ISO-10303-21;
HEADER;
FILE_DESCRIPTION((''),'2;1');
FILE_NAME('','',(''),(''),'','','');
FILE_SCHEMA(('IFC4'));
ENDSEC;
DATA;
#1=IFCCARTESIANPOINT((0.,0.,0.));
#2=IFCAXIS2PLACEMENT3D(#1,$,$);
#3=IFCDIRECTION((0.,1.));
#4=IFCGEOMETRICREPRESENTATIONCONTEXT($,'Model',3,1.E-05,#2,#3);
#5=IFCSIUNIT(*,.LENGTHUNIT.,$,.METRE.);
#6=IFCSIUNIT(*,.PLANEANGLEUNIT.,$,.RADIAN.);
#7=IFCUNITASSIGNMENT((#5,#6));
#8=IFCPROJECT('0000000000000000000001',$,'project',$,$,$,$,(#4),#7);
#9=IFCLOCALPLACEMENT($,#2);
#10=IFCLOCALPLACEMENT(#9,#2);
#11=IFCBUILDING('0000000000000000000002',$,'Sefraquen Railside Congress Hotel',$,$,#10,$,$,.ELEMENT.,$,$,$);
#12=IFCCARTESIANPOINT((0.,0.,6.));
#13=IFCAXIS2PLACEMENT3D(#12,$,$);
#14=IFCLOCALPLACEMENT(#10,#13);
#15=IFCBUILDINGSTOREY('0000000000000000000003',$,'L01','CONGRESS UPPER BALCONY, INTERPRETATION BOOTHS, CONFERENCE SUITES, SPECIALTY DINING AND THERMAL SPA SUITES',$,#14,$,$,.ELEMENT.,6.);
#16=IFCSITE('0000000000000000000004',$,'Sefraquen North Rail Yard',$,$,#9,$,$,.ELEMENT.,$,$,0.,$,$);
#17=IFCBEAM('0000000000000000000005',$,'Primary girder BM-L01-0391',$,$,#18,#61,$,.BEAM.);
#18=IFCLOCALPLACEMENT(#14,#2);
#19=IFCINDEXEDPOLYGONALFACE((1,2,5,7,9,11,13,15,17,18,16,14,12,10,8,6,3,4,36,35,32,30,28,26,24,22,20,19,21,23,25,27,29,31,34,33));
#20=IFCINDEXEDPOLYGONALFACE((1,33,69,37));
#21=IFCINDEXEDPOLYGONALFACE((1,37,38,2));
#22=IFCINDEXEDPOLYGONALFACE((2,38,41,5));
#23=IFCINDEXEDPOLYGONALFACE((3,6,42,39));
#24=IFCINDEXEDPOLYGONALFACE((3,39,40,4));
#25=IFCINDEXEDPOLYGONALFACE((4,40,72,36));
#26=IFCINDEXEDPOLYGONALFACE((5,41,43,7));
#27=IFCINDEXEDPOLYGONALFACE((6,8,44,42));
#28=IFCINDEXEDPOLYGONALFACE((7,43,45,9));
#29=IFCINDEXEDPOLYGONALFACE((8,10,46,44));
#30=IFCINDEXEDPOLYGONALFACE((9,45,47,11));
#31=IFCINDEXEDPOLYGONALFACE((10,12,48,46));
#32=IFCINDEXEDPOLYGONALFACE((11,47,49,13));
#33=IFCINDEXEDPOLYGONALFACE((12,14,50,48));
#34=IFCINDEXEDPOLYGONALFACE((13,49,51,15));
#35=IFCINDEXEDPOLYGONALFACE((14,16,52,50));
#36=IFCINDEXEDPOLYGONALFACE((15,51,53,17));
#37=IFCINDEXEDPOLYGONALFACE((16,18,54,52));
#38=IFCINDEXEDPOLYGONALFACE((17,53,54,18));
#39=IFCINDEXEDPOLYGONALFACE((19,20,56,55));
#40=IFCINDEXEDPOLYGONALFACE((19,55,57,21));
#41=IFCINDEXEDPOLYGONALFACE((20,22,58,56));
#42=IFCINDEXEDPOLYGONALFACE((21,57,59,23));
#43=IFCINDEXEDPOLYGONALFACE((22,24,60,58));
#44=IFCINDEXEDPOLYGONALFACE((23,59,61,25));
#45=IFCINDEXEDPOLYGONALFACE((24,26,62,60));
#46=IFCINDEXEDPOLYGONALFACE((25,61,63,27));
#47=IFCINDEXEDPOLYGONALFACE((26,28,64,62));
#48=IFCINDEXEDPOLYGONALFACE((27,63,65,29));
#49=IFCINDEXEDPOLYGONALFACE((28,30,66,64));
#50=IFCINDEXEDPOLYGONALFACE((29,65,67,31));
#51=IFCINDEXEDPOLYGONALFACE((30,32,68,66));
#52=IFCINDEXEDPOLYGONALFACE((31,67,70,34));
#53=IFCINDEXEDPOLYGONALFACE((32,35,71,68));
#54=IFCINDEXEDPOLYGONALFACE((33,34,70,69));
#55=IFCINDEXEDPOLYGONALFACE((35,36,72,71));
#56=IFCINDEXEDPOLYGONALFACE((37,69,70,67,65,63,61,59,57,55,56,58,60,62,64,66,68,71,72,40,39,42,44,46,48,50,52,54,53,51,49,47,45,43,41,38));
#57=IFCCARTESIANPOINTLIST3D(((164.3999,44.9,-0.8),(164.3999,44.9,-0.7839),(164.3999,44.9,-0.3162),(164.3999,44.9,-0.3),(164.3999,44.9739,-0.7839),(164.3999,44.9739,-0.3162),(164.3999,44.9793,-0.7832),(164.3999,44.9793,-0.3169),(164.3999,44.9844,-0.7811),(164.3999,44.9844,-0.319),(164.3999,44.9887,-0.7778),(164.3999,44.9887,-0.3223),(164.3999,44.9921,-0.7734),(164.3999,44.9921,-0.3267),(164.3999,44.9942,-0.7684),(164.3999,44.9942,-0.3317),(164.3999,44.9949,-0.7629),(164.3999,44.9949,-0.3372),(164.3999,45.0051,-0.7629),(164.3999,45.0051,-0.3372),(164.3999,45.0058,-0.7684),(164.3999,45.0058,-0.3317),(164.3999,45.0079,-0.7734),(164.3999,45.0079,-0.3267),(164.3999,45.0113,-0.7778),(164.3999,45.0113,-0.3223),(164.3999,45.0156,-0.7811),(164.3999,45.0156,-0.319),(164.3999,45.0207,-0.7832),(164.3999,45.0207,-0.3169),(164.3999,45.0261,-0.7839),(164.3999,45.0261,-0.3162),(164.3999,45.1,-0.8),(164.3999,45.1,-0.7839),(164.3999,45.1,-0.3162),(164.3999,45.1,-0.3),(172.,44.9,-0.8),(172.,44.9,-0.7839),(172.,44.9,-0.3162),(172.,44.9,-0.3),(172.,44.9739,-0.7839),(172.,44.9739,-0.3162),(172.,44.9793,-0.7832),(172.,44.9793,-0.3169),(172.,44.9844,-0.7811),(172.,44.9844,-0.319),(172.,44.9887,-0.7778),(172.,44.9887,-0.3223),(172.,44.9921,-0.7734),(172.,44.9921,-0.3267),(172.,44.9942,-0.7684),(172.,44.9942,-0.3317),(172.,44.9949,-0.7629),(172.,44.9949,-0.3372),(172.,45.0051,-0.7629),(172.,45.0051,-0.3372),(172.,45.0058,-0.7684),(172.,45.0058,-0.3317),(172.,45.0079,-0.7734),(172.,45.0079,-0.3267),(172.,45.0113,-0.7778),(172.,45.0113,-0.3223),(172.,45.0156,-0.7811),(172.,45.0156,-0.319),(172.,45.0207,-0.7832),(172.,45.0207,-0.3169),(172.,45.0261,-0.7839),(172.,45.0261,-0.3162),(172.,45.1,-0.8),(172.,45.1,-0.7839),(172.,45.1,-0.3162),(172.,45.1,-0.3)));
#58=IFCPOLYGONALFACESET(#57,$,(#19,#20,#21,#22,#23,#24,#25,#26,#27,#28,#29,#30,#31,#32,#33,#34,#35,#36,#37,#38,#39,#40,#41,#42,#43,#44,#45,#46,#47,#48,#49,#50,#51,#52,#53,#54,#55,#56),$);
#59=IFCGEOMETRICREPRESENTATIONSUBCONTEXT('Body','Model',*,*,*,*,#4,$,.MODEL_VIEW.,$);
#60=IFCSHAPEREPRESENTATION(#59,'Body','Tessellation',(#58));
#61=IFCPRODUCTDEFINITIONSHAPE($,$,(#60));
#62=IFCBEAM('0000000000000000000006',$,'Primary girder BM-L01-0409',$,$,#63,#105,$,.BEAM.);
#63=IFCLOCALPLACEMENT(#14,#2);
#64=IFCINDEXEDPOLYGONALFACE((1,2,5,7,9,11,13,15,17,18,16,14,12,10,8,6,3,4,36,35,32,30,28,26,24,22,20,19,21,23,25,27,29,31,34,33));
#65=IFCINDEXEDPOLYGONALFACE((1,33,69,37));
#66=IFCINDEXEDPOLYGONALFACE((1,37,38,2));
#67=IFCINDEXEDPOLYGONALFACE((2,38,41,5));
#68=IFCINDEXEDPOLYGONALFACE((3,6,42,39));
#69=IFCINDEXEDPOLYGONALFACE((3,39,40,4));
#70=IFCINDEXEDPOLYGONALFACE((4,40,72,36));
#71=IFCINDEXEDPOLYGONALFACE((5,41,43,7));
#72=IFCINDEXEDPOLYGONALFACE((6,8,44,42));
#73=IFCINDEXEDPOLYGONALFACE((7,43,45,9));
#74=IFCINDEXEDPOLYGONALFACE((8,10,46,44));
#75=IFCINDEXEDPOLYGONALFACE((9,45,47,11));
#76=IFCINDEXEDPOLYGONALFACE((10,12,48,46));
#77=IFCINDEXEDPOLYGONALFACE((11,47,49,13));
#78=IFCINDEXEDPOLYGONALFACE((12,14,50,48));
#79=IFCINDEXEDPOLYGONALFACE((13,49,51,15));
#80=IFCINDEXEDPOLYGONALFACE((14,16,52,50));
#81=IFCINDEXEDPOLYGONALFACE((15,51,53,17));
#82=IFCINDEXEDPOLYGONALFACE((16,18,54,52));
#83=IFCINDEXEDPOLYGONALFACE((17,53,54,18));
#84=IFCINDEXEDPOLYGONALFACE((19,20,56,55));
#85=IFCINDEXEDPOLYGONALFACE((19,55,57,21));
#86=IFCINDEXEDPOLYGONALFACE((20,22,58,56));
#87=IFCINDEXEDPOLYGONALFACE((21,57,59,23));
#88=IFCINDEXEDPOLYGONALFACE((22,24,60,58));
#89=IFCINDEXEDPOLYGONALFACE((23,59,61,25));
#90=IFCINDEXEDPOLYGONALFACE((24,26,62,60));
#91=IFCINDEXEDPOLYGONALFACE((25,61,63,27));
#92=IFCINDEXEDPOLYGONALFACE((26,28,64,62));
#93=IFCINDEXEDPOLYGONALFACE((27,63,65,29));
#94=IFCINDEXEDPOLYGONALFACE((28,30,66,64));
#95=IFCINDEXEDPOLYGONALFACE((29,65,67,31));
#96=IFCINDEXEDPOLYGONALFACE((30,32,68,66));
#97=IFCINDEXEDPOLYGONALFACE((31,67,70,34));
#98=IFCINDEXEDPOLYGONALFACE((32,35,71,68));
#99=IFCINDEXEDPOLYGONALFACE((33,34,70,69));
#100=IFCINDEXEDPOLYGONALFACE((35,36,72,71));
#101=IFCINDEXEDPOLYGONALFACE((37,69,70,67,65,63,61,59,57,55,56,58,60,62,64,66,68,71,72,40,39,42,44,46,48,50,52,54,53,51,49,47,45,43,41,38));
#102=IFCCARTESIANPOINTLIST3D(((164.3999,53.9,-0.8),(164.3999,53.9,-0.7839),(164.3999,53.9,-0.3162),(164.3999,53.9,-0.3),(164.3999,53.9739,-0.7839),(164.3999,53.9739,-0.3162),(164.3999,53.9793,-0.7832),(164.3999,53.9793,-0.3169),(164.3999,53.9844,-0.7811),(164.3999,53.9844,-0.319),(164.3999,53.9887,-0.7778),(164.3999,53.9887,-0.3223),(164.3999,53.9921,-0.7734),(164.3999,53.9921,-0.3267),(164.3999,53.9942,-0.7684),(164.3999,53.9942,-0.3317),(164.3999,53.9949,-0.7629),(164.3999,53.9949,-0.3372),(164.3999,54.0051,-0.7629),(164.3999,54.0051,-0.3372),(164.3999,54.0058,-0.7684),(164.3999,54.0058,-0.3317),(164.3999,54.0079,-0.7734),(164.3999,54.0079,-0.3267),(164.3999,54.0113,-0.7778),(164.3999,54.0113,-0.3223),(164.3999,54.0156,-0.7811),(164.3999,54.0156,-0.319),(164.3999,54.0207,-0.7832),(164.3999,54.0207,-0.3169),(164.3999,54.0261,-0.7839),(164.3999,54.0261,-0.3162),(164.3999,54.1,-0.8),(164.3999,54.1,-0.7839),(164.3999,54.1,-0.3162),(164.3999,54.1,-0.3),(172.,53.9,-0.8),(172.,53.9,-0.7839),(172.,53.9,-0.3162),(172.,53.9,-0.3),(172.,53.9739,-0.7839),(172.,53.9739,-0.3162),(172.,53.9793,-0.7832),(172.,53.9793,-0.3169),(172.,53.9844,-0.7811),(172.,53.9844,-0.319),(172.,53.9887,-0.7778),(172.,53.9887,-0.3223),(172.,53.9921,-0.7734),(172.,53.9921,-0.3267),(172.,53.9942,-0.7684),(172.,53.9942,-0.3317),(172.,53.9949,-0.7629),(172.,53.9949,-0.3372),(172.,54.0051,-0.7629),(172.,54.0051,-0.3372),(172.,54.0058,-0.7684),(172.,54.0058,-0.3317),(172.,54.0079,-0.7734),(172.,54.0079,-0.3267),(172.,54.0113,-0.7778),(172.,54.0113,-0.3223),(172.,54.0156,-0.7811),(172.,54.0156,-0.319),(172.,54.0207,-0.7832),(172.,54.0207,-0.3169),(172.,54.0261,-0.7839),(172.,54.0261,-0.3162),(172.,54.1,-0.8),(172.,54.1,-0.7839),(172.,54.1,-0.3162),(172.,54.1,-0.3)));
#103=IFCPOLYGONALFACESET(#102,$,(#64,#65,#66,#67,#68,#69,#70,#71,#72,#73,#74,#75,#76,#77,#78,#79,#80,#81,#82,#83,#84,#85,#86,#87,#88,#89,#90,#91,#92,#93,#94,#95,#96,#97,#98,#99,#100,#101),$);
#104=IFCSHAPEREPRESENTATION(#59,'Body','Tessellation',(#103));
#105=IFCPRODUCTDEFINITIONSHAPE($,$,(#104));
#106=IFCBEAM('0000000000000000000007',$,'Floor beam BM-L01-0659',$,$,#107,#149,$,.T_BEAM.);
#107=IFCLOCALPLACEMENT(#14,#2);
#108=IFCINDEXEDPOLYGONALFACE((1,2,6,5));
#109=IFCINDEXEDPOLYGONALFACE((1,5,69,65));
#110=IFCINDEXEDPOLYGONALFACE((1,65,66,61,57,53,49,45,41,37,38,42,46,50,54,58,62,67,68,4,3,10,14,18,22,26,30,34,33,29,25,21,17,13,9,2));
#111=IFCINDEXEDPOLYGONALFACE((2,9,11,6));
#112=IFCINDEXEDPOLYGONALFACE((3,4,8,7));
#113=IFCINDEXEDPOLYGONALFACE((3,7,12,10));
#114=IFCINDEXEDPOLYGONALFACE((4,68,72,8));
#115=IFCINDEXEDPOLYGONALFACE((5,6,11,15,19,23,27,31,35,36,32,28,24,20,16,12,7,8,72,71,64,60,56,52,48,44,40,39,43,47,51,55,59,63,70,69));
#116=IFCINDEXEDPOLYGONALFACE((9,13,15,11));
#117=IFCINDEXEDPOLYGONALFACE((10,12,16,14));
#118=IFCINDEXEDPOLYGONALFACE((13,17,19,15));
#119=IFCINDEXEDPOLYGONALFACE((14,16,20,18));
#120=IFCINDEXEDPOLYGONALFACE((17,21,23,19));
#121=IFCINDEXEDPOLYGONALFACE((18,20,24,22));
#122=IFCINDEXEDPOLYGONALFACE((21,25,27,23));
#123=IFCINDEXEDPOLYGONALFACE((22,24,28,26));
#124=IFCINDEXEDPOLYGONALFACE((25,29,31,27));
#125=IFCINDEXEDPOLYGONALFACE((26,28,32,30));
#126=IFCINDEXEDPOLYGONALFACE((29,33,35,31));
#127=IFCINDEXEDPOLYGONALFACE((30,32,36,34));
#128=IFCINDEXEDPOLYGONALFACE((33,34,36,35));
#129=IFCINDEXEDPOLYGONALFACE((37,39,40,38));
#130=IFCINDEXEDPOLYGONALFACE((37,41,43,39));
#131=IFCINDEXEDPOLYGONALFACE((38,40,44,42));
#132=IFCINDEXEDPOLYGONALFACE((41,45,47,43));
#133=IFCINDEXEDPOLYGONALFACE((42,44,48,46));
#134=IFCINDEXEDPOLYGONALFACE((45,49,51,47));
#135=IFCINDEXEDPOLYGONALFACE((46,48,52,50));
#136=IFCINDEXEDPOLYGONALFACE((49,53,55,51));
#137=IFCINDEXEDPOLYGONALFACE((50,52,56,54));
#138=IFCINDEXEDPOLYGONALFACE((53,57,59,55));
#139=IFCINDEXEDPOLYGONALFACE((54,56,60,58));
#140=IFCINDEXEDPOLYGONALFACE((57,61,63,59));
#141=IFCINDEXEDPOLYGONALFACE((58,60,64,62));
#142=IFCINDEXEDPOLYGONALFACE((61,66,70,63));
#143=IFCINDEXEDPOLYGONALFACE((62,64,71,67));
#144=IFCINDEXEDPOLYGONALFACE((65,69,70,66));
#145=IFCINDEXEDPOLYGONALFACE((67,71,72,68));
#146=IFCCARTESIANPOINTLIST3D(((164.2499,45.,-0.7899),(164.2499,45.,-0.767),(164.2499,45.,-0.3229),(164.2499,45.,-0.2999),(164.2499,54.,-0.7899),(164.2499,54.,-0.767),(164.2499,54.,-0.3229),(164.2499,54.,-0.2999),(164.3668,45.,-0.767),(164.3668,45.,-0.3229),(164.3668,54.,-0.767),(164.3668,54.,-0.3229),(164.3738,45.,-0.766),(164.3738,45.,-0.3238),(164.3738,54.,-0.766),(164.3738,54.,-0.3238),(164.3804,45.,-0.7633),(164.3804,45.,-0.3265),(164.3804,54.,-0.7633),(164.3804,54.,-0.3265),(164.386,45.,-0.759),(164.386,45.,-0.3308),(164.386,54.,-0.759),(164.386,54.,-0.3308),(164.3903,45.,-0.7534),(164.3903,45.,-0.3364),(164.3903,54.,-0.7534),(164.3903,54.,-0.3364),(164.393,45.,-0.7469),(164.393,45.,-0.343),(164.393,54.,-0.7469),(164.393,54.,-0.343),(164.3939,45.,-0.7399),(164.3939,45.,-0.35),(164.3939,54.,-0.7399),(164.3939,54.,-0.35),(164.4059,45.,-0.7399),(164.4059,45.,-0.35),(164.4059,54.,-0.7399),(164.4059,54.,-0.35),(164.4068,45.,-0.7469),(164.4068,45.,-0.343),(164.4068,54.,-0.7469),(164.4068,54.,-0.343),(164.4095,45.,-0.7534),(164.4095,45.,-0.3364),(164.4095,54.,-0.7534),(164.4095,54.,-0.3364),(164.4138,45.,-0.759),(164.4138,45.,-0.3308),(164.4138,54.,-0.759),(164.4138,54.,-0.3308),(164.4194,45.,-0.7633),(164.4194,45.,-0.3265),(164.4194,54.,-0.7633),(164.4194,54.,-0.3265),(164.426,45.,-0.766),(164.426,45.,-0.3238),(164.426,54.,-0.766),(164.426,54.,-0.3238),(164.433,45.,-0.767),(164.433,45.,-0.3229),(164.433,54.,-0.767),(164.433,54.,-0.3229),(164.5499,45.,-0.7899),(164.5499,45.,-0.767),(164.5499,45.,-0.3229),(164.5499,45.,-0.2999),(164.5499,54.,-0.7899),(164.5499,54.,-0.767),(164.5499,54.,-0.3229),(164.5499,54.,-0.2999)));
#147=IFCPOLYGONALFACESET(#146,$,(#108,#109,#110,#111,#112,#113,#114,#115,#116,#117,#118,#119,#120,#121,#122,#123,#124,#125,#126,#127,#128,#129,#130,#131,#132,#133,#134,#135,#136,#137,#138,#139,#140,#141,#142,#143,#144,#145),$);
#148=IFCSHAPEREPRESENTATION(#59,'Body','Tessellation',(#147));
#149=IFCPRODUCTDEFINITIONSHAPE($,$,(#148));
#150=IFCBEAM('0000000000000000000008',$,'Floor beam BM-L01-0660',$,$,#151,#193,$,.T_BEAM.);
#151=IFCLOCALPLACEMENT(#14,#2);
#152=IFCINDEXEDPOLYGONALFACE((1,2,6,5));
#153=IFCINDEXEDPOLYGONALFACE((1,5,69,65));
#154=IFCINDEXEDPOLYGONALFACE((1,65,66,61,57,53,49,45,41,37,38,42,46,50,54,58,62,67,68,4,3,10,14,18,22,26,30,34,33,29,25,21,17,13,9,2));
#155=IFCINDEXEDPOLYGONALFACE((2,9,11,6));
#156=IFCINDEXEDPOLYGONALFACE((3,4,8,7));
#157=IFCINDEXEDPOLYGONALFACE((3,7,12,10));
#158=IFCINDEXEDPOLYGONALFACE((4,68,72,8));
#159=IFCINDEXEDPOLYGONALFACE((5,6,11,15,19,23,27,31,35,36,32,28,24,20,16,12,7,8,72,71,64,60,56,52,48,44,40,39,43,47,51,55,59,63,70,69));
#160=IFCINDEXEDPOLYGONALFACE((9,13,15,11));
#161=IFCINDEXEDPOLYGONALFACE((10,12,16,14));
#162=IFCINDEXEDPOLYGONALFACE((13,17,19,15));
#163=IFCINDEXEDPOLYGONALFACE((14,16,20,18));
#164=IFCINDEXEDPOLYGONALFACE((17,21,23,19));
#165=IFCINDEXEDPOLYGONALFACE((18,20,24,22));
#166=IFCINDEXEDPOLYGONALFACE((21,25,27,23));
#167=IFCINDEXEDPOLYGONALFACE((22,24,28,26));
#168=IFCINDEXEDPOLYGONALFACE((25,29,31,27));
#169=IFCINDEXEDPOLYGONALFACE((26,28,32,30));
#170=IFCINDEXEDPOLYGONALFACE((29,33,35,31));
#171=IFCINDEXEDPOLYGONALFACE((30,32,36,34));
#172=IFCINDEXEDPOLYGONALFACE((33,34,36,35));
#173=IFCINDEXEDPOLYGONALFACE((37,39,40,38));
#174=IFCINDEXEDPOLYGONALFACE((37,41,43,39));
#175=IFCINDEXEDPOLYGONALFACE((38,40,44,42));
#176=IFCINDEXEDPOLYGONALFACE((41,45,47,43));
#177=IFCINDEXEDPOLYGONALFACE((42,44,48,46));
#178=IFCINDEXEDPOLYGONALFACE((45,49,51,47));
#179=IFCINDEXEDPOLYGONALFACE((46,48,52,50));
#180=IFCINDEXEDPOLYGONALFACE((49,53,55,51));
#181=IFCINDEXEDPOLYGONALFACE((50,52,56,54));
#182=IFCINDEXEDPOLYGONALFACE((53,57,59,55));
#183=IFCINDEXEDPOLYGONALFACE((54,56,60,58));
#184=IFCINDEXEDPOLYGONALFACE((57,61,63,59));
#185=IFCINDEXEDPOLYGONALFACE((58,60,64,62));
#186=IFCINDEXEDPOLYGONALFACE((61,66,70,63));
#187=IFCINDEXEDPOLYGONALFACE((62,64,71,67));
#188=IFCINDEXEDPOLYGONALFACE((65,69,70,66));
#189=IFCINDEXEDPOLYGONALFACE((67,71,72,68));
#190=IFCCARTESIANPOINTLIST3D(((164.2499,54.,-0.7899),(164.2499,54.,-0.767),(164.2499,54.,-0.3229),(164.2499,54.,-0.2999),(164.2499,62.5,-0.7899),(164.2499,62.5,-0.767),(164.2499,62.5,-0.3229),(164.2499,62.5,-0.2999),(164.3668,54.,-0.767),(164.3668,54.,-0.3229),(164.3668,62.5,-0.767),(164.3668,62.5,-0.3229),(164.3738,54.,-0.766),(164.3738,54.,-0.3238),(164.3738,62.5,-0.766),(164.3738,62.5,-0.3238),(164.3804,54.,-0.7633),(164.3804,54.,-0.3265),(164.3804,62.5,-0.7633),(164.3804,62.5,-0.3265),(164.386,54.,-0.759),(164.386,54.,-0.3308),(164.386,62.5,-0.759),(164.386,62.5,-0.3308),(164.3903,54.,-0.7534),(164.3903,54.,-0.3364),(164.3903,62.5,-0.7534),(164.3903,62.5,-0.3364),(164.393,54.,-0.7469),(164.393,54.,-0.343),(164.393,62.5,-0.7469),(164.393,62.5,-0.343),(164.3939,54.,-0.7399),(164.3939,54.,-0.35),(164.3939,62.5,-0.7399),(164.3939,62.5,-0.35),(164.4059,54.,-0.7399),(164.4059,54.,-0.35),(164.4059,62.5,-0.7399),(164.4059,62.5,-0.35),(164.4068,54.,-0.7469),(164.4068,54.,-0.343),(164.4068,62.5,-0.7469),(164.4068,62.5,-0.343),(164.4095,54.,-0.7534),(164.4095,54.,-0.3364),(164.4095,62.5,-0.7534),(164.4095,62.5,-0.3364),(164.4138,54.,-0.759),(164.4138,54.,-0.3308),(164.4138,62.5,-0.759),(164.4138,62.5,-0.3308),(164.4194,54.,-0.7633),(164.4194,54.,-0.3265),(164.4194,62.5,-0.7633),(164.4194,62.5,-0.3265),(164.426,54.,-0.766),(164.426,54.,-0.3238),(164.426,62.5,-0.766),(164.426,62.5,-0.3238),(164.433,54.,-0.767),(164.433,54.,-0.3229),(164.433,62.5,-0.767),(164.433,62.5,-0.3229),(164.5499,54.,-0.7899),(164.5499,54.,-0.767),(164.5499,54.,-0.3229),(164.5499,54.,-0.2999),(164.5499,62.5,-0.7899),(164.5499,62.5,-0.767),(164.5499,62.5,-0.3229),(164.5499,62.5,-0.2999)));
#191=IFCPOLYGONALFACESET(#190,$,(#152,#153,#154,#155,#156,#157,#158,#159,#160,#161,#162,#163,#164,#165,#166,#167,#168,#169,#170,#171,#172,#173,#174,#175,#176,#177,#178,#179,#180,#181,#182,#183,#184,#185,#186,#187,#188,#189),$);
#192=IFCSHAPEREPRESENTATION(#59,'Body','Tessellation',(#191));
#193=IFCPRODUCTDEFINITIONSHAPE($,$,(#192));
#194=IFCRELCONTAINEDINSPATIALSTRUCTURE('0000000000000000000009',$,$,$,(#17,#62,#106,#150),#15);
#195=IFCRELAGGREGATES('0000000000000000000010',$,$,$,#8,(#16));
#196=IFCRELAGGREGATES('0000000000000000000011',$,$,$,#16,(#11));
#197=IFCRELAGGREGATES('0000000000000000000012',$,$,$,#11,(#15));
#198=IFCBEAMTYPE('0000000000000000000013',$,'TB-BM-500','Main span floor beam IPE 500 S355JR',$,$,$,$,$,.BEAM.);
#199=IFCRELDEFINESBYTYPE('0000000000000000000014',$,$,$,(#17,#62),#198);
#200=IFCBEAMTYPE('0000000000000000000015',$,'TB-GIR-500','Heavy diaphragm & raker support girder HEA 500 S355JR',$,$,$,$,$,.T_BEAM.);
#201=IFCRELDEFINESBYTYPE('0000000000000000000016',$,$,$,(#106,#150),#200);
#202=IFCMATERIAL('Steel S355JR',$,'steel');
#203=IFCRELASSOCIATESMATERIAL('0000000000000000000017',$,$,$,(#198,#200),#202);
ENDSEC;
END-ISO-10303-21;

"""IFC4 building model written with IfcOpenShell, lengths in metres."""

from ifc_helpers import new_model, si_unit, direction, frame, origin, origin_2d, place, context, subcontext, project, spatial, i_section, extrude, material, material_profile, profile_set, type_object, element, save


model = new_model("IFC4")

# Units and contexts
model_context = context("Model", 3, precision=1e-05, world=origin(), true_north=direction((0.0, 1.0)))
body_context = subcontext(model_context, "Body", "Model", "MODEL_VIEW")
ifc_project = project(units=[si_unit("LENGTHUNIT", "METRE"), si_unit("PLANEANGLEUNIT", "RADIAN")], contexts=[model_context])

# Site, building, storey
site_placement = place(None, origin())
site = spatial("IfcSite", under=ifc_project, at=site_placement, Name="Sefraquen North Rail Yard", CompositionType="ELEMENT", RefElevation=0.0)
building_placement = place(site_placement, origin())
building = spatial("IfcBuilding", under=site, at=building_placement, Name="Sefraquen Railside Congress Hotel", CompositionType="ELEMENT")
storey_placement = place(building_placement, frame((0.0, 0.0, 6.0)))
storey = spatial("IfcBuildingStorey", under=building, at=storey_placement, Name="L01", Description="CONGRESS UPPER BALCONY, INTERPRETATION BOOTHS, CONFERENCE SUITES, SPECIALTY DINING AND THERMAL SPA SUITES", CompositionType="ELEMENT", Elevation=6.0)

# Shared definitions
ifc_material_1 = material(Name="Steel S355JR", Category="steel")

# Beams
ifc_material_profile_1 = material_profile(ifc_material_1, i_section(OverallWidth=0.2, OverallDepth=0.5, WebThickness=0.0103, FlangeThickness=0.0161, FilletRadius=0.021, at=origin_2d()), Name="IPE 500")
ifc_profile_set_1 = profile_set([ifc_material_profile_1], Name="Steel S355JR")
beam_type_1 = type_object("IfcBeamType", Name="TB-BM-500", Description="Main span floor beam IPE 500 S355JR", PredefinedType="BEAM", material=ifc_profile_set_1)
for number, where, z_axis, x_axis, name in (
    (1, (164.3999, 45.0, -0.55), (1.0, 0.0, 0.0), (0.0, 1.0, 0.0), "Primary girder BM-L01-0391"),
    (2, (164.3999, 54.0, -0.55), (1.0, 0.0, 0.0), (0.0, 1.0, 0.0), "Primary girder BM-L01-0409"),
):
    element("IfcBeam", number, at=place(storey_placement, frame(where, z_axis=z_axis, x_axis=x_axis)), inside=storey, type_object=beam_type_1, Name=name, PredefinedType="BEAM", context=body_context, shape_type="SweptSolid", body=[
        extrude(i_section(OverallWidth=0.2, OverallDepth=0.5, WebThickness=0.0103, FlangeThickness=0.0161, FilletRadius=0.021, at=origin_2d()), origin(), (0.0, 0.0, 1.0), 7.6001),
    ])
ifc_material_profile_2 = material_profile(ifc_material_1, i_section(OverallWidth=0.3, OverallDepth=0.49, WebThickness=0.012, FlangeThickness=0.0229, FilletRadius=0.0271, at=origin_2d()), Name="HEA 500")
ifc_profile_set_2 = profile_set([ifc_material_profile_2], Name="Steel S355JR")
beam_type_2 = type_object("IfcBeamType", Name="TB-GIR-500", Description="Heavy diaphragm & raker support girder HEA 500 S355JR", PredefinedType="T_BEAM", material=ifc_profile_set_2)
beam_1_placement = place(storey_placement, frame((164.3999, 45.0, -0.5449), z_axis=(0.0, 1.0, 0.0), x_axis=(-1.0, 0.0, 0.0)))
element("IfcBeam", 3, at=beam_1_placement, inside=storey, type_object=beam_type_2, Name="Floor beam BM-L01-0659", PredefinedType="T_BEAM", context=body_context, shape_type="SweptSolid", body=[
    extrude(i_section(OverallWidth=0.3, OverallDepth=0.49, WebThickness=0.012, FlangeThickness=0.0229, FilletRadius=0.0271, at=origin_2d()), origin(), (0.0, 0.0, 1.0), 9.0),
])
beam_2_placement = place(storey_placement, frame((164.3999, 54.0, -0.5449), z_axis=(0.0, 1.0, 0.0), x_axis=(-1.0, 0.0, 0.0)))
element("IfcBeam", 4, at=beam_2_placement, inside=storey, type_object=beam_type_2, Name="Floor beam BM-L01-0660", PredefinedType="T_BEAM", context=body_context, shape_type="SweptSolid", body=[
    extrude(i_section(OverallWidth=0.3, OverallDepth=0.49, WebThickness=0.012, FlangeThickness=0.0229, FilletRadius=0.0271, at=origin_2d()), origin(), (0.0, 0.0, 1.0), 8.5),
])

save(model, "model.ifc")
